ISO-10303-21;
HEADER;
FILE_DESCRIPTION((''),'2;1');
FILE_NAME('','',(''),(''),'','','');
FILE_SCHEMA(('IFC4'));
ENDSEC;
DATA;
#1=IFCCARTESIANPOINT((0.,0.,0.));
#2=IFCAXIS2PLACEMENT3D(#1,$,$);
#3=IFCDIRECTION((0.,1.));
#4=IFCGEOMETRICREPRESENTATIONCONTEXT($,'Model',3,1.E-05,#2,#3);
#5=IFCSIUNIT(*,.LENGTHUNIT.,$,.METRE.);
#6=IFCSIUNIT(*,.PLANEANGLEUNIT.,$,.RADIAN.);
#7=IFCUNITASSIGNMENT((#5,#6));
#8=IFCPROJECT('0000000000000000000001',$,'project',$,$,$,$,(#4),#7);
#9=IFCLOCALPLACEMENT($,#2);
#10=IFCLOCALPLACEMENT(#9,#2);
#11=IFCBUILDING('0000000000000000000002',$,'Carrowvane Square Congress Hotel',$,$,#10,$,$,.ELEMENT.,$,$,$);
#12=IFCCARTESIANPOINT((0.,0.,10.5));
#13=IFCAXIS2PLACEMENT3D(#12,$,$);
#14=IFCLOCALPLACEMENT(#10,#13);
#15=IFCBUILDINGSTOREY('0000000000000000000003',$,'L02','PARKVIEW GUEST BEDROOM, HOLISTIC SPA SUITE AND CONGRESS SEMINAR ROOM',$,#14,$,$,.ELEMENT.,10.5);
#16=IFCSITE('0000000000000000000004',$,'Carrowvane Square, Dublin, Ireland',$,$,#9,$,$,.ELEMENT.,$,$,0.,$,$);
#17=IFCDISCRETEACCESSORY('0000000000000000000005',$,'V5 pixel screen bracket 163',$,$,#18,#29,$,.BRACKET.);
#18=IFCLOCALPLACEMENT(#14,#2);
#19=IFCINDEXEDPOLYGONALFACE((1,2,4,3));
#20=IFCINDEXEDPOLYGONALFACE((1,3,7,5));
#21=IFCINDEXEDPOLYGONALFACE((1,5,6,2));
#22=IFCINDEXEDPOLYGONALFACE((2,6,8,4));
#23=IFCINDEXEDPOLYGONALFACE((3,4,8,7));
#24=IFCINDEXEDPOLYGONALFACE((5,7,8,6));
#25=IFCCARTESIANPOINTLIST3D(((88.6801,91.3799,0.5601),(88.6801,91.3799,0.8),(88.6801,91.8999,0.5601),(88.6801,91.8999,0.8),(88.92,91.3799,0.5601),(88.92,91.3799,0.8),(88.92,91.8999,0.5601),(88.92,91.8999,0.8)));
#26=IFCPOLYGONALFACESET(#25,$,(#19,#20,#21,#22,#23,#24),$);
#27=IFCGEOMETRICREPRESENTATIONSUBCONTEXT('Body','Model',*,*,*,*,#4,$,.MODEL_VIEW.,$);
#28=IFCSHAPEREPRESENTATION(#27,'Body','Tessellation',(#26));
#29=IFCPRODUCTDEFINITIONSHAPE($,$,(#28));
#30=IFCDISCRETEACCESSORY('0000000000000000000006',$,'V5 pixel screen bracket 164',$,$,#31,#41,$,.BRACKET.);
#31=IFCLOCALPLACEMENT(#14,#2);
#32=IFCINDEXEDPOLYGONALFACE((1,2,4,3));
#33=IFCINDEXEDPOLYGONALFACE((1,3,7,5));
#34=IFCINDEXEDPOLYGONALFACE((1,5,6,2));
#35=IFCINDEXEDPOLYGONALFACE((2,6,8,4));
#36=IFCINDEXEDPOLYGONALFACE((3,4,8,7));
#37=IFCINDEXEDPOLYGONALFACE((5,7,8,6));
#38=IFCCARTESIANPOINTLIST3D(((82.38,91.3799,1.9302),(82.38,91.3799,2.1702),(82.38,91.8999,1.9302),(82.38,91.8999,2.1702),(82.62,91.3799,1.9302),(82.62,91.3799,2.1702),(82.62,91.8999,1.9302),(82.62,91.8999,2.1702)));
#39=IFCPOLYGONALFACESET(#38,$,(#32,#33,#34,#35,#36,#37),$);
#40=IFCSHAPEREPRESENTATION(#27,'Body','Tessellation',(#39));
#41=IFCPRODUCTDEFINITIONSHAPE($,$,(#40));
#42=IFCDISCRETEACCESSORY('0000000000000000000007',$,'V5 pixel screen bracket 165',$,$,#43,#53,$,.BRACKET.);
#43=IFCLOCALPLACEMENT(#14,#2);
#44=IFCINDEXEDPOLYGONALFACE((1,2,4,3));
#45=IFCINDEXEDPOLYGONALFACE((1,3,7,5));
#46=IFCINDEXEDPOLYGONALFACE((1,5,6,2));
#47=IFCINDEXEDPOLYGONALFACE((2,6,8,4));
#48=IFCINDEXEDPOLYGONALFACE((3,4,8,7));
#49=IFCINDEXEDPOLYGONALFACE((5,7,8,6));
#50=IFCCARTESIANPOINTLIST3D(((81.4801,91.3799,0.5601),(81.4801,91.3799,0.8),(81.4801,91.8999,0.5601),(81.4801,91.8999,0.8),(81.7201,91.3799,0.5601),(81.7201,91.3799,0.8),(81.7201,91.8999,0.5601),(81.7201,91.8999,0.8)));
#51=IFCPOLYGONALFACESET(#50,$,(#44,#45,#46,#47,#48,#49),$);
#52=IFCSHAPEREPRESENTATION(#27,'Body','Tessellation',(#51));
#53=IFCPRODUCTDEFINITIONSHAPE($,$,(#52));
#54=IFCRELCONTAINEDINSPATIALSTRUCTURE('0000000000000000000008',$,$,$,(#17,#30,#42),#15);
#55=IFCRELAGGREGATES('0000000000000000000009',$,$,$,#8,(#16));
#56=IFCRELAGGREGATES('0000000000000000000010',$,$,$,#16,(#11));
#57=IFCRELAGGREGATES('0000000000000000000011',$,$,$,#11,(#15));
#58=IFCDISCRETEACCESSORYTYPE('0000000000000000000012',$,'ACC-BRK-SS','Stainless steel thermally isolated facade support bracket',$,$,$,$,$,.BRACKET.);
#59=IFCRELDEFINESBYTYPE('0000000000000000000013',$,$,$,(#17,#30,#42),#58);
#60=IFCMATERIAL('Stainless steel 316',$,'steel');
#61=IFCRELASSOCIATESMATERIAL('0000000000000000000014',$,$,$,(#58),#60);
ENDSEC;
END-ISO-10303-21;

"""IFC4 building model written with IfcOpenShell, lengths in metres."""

from ifc_helpers import new_model, si_unit, direction, frame, origin, origin_2d, place, context, subcontext, project, spatial, rectangle, extrude, material, type_object, element, save


model = new_model("IFC4")

# Units and contexts
model_context = context("Model", 3, precision=1e-05, world=origin(), true_north=direction((0.0, 1.0)))
body_context = subcontext(model_context, "Body", "Model", "MODEL_VIEW")
ifc_project = project(units=[si_unit("LENGTHUNIT", "METRE"), si_unit("PLANEANGLEUNIT", "RADIAN")], contexts=[model_context])

# Site, building, storey
site_placement = place(None, origin())
site = spatial("IfcSite", under=ifc_project, at=site_placement, Name="Carrowvane Square, Dublin, Ireland", CompositionType="ELEMENT", RefElevation=0.0)
building_placement = place(site_placement, origin())
building = spatial("IfcBuilding", under=site, at=building_placement, Name="Carrowvane Square Congress Hotel", CompositionType="ELEMENT")
storey_placement = place(building_placement, frame((0.0, 0.0, 10.5)))
storey = spatial("IfcBuildingStorey", under=building, at=storey_placement, Name="L02", Description="PARKVIEW GUEST BEDROOM, HOLISTIC SPA SUITE AND CONGRESS SEMINAR ROOM", CompositionType="ELEMENT", Elevation=10.5)

# Discrete accessories
ifc_material_1 = material(Name="Stainless steel 316", Category="steel")
discrete_accessory_type = type_object("IfcDiscreteAccessoryType", Name="ACC-BRK-SS", Description="Stainless steel thermally isolated facade support bracket", PredefinedType="BRACKET", material=ifc_material_1)
for number, where, z_axis, x_axis, name in (
    (1, (88.8, 91.6399, 0.5601), (0.0, 0.0, 1.0), (-1.0, 0.0, 0.0), "V5 pixel screen bracket 163"),
    (2, (82.5, 91.6399, 1.9302), (0.0, 0.0, 1.0), (-1.0, 0.0, 0.0), "V5 pixel screen bracket 164"),
    (3, (81.6001, 91.6399, 0.5601), (0.0, 0.0, 1.0), (-1.0, 0.0, 0.0), "V5 pixel screen bracket 165"),
):
    element("IfcDiscreteAccessory", number, at=place(storey_placement, frame(where, z_axis=z_axis, x_axis=x_axis)), inside=storey, type_object=discrete_accessory_type, Name=name, PredefinedType="BRACKET", context=body_context, shape_type="SweptSolid", body=[
        extrude(rectangle(XDim=0.24, YDim=0.52, at=origin_2d()), origin(), (0.0, 0.0, 1.0), 0.24),
    ])

save(model, "model.ifc")
